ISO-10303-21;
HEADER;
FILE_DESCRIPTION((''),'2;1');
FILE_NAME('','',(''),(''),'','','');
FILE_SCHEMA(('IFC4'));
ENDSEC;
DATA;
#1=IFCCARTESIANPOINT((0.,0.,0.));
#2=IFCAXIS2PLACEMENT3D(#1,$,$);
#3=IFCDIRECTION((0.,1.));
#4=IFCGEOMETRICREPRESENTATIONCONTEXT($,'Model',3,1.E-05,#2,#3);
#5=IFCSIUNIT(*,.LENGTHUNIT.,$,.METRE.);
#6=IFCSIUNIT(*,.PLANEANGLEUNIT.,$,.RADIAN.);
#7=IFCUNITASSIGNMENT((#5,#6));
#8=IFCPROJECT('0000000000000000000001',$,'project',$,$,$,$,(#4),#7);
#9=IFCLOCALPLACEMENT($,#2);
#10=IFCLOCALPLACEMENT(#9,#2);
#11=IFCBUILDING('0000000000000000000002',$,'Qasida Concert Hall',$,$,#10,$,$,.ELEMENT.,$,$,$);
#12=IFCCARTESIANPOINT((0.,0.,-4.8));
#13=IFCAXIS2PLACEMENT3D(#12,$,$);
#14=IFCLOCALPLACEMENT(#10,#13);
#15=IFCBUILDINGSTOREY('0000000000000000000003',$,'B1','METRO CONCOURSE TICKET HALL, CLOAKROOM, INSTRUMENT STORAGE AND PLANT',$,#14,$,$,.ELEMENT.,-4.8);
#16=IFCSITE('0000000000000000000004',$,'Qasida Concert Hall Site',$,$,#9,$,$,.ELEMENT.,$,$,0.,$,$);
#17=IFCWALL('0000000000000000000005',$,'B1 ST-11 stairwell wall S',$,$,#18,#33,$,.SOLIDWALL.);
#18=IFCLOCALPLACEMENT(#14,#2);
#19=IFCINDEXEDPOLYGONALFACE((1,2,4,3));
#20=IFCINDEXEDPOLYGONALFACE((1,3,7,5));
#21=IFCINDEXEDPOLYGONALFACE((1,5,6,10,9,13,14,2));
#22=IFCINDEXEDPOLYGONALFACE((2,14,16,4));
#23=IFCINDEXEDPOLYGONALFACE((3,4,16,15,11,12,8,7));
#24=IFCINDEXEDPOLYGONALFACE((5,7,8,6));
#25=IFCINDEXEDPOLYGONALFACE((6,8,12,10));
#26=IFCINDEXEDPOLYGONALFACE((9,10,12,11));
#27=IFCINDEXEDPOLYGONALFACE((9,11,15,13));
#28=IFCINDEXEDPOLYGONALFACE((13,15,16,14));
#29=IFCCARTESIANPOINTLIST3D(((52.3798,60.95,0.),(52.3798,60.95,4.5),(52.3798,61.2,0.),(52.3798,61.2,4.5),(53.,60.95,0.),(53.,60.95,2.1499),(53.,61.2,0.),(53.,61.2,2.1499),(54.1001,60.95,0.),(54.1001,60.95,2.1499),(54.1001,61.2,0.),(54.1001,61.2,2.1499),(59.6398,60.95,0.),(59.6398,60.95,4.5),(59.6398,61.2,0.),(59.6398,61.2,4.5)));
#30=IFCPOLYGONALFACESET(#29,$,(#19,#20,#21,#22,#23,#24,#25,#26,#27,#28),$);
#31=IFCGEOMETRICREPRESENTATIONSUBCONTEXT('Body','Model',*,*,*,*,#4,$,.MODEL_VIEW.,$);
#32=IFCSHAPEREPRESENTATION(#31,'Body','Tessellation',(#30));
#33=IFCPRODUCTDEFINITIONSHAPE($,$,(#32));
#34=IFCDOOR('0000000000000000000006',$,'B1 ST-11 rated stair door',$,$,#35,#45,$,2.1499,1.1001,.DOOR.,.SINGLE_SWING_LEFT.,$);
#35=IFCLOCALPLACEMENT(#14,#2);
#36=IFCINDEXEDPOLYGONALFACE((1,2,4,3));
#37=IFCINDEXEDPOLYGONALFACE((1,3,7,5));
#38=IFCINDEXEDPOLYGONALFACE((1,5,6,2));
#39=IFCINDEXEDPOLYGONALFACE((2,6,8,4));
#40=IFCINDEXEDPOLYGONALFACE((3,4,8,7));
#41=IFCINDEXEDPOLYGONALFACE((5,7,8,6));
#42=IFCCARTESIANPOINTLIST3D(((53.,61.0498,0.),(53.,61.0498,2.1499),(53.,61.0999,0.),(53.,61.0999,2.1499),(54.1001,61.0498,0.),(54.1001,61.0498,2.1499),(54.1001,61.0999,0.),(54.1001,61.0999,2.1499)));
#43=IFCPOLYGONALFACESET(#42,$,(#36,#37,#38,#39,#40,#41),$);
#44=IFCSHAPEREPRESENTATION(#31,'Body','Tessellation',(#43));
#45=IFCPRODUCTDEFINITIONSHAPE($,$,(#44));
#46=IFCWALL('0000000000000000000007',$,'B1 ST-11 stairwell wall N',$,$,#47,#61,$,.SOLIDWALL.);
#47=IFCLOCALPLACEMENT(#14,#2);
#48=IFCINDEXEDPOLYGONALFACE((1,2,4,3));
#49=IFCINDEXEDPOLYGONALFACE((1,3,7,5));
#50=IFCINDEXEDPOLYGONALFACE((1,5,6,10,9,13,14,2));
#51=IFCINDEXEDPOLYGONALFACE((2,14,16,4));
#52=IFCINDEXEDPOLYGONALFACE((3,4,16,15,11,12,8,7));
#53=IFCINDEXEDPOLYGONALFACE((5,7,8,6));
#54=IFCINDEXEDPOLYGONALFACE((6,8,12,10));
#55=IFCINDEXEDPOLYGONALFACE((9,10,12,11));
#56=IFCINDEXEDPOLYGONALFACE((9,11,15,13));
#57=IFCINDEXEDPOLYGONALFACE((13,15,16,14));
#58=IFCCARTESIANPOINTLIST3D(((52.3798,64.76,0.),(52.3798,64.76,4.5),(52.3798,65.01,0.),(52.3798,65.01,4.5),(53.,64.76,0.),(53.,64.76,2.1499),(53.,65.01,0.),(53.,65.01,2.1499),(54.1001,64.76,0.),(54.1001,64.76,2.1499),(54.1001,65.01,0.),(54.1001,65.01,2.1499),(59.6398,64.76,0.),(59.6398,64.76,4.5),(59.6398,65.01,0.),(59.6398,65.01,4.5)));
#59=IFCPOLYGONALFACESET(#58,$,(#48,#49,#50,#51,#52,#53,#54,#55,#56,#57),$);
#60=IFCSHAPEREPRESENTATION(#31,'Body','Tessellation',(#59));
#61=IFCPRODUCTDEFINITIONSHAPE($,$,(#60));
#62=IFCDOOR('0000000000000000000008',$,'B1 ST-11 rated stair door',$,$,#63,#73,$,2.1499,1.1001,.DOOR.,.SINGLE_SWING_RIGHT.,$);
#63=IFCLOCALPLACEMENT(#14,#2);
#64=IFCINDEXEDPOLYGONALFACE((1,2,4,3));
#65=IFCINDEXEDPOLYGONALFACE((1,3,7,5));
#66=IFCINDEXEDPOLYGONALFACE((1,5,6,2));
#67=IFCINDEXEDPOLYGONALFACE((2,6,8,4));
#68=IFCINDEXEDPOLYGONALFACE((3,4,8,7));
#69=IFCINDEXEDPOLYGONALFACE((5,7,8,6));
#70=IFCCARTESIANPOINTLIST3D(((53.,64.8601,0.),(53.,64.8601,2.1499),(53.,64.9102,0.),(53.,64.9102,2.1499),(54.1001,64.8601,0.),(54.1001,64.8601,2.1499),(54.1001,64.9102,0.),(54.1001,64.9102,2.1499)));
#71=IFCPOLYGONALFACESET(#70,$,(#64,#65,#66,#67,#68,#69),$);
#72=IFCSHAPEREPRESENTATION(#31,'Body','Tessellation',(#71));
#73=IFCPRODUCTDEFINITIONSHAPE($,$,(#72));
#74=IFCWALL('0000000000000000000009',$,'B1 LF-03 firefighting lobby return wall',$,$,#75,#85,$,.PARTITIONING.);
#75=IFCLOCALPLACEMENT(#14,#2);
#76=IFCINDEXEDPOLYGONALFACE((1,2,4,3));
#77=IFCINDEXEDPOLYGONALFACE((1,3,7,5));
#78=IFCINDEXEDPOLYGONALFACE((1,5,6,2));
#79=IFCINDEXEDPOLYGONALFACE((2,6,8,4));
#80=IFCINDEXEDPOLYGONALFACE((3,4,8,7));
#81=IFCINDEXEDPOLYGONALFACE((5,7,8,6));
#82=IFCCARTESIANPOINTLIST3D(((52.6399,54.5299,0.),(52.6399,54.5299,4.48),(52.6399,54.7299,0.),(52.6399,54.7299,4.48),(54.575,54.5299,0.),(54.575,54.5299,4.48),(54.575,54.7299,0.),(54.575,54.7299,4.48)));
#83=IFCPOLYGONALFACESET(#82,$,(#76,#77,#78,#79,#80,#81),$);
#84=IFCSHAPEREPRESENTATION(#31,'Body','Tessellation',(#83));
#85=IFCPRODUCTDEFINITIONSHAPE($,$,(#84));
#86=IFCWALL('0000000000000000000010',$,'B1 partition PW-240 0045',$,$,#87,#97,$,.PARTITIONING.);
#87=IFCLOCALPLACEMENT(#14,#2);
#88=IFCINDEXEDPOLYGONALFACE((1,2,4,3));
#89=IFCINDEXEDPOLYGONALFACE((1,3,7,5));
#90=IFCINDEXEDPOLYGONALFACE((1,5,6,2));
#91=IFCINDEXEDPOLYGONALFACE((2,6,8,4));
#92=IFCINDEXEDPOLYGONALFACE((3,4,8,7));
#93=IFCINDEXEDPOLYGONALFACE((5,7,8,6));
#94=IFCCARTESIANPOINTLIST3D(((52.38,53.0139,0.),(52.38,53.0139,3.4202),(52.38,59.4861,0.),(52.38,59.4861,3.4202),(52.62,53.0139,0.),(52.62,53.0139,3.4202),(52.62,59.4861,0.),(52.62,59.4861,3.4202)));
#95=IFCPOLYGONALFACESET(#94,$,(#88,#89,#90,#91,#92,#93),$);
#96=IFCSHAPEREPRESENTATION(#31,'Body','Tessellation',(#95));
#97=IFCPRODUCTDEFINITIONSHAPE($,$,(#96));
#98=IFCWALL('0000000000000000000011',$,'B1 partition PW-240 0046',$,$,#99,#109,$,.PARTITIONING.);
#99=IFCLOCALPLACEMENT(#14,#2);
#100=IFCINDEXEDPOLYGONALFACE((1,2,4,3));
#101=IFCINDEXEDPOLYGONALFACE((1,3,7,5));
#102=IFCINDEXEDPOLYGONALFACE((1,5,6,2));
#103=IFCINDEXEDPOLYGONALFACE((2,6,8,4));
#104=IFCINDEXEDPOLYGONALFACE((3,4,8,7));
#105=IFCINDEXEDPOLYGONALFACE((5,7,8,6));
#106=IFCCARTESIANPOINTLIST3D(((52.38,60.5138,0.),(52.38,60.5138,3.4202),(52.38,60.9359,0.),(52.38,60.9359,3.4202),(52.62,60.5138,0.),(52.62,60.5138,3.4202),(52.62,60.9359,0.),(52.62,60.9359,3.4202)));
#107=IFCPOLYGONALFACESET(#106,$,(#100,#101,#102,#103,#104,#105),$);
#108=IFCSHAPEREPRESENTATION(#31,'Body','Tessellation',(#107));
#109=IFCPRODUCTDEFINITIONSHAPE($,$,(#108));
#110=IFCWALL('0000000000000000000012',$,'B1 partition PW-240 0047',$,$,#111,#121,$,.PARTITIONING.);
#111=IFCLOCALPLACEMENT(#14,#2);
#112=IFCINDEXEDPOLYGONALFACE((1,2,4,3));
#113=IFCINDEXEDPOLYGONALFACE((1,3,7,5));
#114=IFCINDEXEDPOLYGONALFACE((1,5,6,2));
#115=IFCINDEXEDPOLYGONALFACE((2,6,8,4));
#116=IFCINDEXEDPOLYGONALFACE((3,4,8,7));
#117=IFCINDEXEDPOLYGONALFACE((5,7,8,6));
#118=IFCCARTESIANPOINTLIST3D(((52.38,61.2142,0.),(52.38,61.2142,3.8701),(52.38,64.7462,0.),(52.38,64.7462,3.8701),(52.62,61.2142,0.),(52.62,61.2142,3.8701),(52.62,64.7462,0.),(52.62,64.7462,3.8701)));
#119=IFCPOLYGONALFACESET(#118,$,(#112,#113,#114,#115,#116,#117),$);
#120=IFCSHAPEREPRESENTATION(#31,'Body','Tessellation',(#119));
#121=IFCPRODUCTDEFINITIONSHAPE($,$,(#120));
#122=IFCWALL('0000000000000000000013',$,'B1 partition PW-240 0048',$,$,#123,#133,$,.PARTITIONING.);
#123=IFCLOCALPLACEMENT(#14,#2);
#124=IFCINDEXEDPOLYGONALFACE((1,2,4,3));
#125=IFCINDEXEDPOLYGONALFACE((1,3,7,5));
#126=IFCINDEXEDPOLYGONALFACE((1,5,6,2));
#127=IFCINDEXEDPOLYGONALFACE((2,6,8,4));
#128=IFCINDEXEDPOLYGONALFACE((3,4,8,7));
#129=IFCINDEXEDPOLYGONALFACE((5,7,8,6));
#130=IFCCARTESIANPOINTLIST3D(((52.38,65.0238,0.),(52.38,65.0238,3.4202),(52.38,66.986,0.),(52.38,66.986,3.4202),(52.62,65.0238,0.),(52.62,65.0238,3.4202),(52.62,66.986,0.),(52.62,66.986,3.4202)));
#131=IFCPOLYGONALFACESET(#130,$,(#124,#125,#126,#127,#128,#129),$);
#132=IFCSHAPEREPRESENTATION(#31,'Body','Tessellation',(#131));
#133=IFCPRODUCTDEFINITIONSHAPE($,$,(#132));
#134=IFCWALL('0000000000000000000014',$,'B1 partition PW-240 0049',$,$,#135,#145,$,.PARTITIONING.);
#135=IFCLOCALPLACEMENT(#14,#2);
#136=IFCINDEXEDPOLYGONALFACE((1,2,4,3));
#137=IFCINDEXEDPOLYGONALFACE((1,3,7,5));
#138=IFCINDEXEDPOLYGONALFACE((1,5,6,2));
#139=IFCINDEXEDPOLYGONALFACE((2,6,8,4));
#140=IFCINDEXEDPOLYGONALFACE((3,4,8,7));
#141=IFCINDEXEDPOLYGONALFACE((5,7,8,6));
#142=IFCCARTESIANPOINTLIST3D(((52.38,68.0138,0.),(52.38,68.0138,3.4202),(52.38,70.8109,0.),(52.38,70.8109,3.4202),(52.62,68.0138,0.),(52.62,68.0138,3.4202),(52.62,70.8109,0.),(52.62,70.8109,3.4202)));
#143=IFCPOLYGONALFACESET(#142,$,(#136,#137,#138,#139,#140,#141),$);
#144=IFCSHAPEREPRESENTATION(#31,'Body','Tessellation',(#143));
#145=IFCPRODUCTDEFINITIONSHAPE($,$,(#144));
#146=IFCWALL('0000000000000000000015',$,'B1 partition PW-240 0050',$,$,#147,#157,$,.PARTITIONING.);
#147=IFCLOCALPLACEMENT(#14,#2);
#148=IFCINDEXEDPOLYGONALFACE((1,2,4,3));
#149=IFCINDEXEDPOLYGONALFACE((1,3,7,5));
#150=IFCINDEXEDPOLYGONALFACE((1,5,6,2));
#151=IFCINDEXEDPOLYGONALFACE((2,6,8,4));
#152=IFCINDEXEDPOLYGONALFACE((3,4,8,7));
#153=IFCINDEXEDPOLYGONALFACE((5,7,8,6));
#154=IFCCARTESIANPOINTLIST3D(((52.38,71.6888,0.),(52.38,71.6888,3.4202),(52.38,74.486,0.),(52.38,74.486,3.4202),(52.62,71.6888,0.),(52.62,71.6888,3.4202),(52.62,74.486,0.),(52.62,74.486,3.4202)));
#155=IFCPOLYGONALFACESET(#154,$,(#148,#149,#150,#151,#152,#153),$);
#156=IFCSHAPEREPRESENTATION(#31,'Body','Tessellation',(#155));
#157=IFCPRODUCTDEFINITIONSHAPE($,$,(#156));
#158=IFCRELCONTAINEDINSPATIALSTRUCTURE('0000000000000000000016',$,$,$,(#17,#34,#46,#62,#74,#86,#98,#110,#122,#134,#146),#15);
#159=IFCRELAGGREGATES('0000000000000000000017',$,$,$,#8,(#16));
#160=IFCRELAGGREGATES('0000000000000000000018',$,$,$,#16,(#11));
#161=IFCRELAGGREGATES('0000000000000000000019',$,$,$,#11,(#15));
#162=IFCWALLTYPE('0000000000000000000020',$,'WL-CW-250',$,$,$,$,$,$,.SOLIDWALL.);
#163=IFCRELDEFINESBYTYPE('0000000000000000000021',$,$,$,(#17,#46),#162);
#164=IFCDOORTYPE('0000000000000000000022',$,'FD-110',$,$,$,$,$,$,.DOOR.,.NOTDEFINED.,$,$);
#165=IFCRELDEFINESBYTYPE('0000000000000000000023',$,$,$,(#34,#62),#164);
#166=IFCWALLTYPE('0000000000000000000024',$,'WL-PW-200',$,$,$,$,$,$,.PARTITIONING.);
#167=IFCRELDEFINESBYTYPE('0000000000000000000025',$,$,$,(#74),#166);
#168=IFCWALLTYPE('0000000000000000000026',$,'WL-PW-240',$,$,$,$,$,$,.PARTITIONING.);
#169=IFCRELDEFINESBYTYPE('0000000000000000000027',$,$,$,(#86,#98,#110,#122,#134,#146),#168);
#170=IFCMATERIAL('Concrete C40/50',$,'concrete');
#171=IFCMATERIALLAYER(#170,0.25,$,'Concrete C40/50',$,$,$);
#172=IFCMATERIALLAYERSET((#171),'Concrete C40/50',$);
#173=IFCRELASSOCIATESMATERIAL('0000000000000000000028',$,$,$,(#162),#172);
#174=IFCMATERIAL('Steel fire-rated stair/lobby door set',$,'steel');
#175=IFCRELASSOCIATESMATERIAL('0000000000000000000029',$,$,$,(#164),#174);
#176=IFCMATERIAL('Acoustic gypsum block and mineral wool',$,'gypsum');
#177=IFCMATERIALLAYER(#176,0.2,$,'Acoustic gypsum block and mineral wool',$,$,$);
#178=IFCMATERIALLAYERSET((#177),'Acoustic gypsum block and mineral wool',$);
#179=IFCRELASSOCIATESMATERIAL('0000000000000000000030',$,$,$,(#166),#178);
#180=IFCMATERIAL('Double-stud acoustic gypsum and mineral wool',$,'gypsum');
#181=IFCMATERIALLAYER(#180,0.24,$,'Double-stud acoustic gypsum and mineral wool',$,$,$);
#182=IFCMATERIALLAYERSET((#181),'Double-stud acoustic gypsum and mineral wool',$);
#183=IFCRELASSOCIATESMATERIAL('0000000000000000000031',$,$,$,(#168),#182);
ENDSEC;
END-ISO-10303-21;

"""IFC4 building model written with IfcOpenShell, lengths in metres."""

from ifc_helpers import new_model, si_unit, direction, frame, frame_2d, origin, place, context, subcontext, project, spatial, rectangle, extrude, material, layer, layer_set, type_object, element, fill, save


model = new_model("IFC4")

# Units and contexts
model_context = context("Model", 3, precision=1e-05, world=origin(), true_north=direction((0.0, 1.0)))
body_context = subcontext(model_context, "Body", "Model", "MODEL_VIEW")
ifc_project = project(units=[si_unit("LENGTHUNIT", "METRE"), si_unit("PLANEANGLEUNIT", "RADIAN")], contexts=[model_context])

# Site, building, storey
site_placement = place(None, origin())
site = spatial("IfcSite", under=ifc_project, at=site_placement, Name="Qasida Concert Hall Site", CompositionType="ELEMENT", RefElevation=0.0)
building_placement = place(site_placement, origin())
building = spatial("IfcBuilding", under=site, at=building_placement, Name="Qasida Concert Hall", CompositionType="ELEMENT")
storey_placement = place(building_placement, frame((0.0, 0.0, -4.8)))
storey = spatial("IfcBuildingStorey", under=building, at=storey_placement, Name="B1", Description="METRO CONCOURSE TICKET HALL, CLOAKROOM, INSTRUMENT STORAGE AND PLANT", CompositionType="ELEMENT", Elevation=-4.8)

# Shared definitions
ifc_material_1 = material(Name="Concrete C40/50", Category="concrete")

# Walls, openings, doors
ifc_layer_1 = layer(ifc_material_1, 0.25, Name="Concrete C40/50")
ifc_layer_set_1 = layer_set([ifc_layer_1], Name="Concrete C40/50")
wall_type_1 = type_object("IfcWallType", Name="WL-CW-250", PredefinedType="SOLIDWALL", material=ifc_layer_set_1)
wall_1_placement = place(storey_placement, frame((52.3799, 61.075, 0.0), z_axis=(0.0, 0.0, 1.0), x_axis=(1.0, 0.0, 0.0)))
wall_1 = element("IfcWall", 1, at=wall_1_placement, inside=storey, type_object=wall_type_1, Name="B1 ST-11 stairwell wall S", PredefinedType="SOLIDWALL", context=body_context, shape_type="SweptSolid", body=[
    extrude(rectangle(XDim=7.26, YDim=0.25, at=frame_2d((3.6299, 0.0))), origin(), (0.0, 0.0, 1.0), 4.5),
])
opening_1_placement = place(wall_1_placement, frame((0.6201, 0.0, 0.0)))
opening_1 = element("IfcOpeningElement", 2, at=opening_1_placement, cuts=wall_1, PredefinedType="OPENING", context=body_context, shape_type="SweptSolid", body=[
    extrude(rectangle(XDim=1.1001, YDim=2.1499, at=frame_2d((0.55, 1.075))), frame((0.0, 0.135, 0.0), z_axis=(0.0, -1.0, 0.0), x_axis=(1.0, 0.0, 0.0)), (0.0, 0.0, 1.0), 0.27),
])
ifc_material_2 = material(Name="Steel fire-rated stair/lobby door set", Category="steel")
door_type = type_object("IfcDoorType", Name="FD-110", OperationType="NOTDEFINED", PredefinedType="DOOR", material=ifc_material_2)
door_1_placement = place(opening_1_placement, origin())
door_1 = element("IfcDoor", 3, at=door_1_placement, inside=storey, type_object=door_type, Name="B1 ST-11 rated stair door", OperationType="SINGLE_SWING_LEFT", OverallHeight=2.1499, OverallWidth=1.1001, PredefinedType="DOOR", context=body_context, shape_type="SweptSolid", body=[
    extrude(rectangle(XDim=1.1001, YDim=2.1499, at=frame_2d((0.55, 1.075))), frame((0.0, 0.0249, 0.0), z_axis=(0.0, -1.0, 0.0), x_axis=(1.0, 0.0, 0.0)), (0.0, 0.0, 1.0), 0.05),
])
fill(opening_1, door_1)
wall_2_placement = place(storey_placement, frame((52.3799, 64.885, 0.0), z_axis=(0.0, 0.0, 1.0), x_axis=(1.0, 0.0, 0.0)))
wall_2 = element("IfcWall", 4, at=wall_2_placement, inside=storey, type_object=wall_type_1, Name="B1 ST-11 stairwell wall N", PredefinedType="SOLIDWALL", context=body_context, shape_type="SweptSolid", body=[
    extrude(rectangle(XDim=7.26, YDim=0.25, at=frame_2d((3.6299, 0.0))), origin(), (0.0, 0.0, 1.0), 4.5),
])
opening_2_placement = place(wall_2_placement, frame((0.6201, 0.0, 0.0)))
opening_2 = element("IfcOpeningElement", 5, at=opening_2_placement, cuts=wall_2, PredefinedType="OPENING", context=body_context, shape_type="SweptSolid", body=[
    extrude(rectangle(XDim=1.1001, YDim=2.1499, at=frame_2d((0.55, 1.075))), frame((0.0, 0.135, 0.0), z_axis=(0.0, -1.0, 0.0), x_axis=(1.0, 0.0, 0.0)), (0.0, 0.0, 1.0), 0.27),
])
door_2_placement = place(opening_2_placement, frame((1.1001, 0.0, 0.0), z_axis=(0.0, 0.0, 1.0), x_axis=(-1.0, 0.0, 0.0)))
door_2 = element("IfcDoor", 6, at=door_2_placement, inside=storey, type_object=door_type, Name="B1 ST-11 rated stair door", OperationType="SINGLE_SWING_RIGHT", OverallHeight=2.1499, OverallWidth=1.1001, PredefinedType="DOOR", context=body_context, shape_type="SweptSolid", body=[
    extrude(rectangle(XDim=1.1001, YDim=2.1499, at=frame_2d((0.55, 1.075))), frame((0.0, 0.0249, 0.0), z_axis=(0.0, -1.0, 0.0), x_axis=(1.0, 0.0, 0.0)), (0.0, 0.0, 1.0), 0.05),
])
fill(opening_2, door_2)

# Walls
ifc_material_3 = material(Name="Acoustic gypsum block and mineral wool", Category="gypsum")
ifc_layer_2 = layer(ifc_material_3, 0.2, Name="Acoustic gypsum block and mineral wool")
ifc_layer_set_2 = layer_set([ifc_layer_2], Name="Acoustic gypsum block and mineral wool")
wall_type_2 = type_object("IfcWallType", Name="WL-PW-200", PredefinedType="PARTITIONING", material=ifc_layer_set_2)
wall_3_placement = place(storey_placement, frame((52.6399, 54.6299, 0.0), z_axis=(0.0, 0.0, 1.0), x_axis=(1.0, 0.0, 0.0)))
element("IfcWall", 7, at=wall_3_placement, inside=storey, type_object=wall_type_2, Name="B1 LF-03 firefighting lobby return wall", PredefinedType="PARTITIONING", context=body_context, shape_type="SweptSolid", body=[
    extrude(rectangle(XDim=1.9351, YDim=0.2, at=frame_2d((0.9675, 0.0))), origin(), (0.0, 0.0, 1.0), 4.48),
])
ifc_material_4 = material(Name="Double-stud acoustic gypsum and mineral wool", Category="gypsum")
ifc_layer_3 = layer(ifc_material_4, 0.24, Name="Double-stud acoustic gypsum and mineral wool")
ifc_layer_set_3 = layer_set([ifc_layer_3], Name="Double-stud acoustic gypsum and mineral wool")
wall_type_3 = type_object("IfcWallType", Name="WL-PW-240", PredefinedType="PARTITIONING", material=ifc_layer_set_3)
wall_4_placement = place(storey_placement, frame((52.5, 53.0139, 0.0), z_axis=(0.0, 0.0, 1.0), x_axis=(0.0, 1.0, 0.0)))
element("IfcWall", 8, at=wall_4_placement, inside=storey, type_object=wall_type_3, Name="B1 partition PW-240 0045", PredefinedType="PARTITIONING", context=body_context, shape_type="SweptSolid", body=[
    extrude(rectangle(XDim=6.4722, YDim=0.24, at=frame_2d((3.2361, 0.0))), origin(), (0.0, 0.0, 1.0), 3.4202),
])
wall_5_placement = place(storey_placement, frame((52.5, 60.5139, 0.0), z_axis=(0.0, 0.0, 1.0), x_axis=(0.0, 1.0, 0.0)))
element("IfcWall", 9, at=wall_5_placement, inside=storey, type_object=wall_type_3, Name="B1 partition PW-240 0046", PredefinedType="PARTITIONING", context=body_context, shape_type="SweptSolid", body=[
    extrude(rectangle(XDim=0.4221, YDim=0.24, at=frame_2d((0.2109, 0.0))), origin(), (0.0, 0.0, 1.0), 3.4202),
])
wall_6_placement = place(storey_placement, frame((52.5, 61.2141, 0.0), z_axis=(0.0, 0.0, 1.0), x_axis=(0.0, 1.0, 0.0)))
element("IfcWall", 10, at=wall_6_placement, inside=storey, type_object=wall_type_3, Name="B1 partition PW-240 0047", PredefinedType="PARTITIONING", context=body_context, shape_type="SweptSolid", body=[
    extrude(rectangle(XDim=3.532, YDim=0.24, at=frame_2d((1.7661, 0.0))), origin(), (0.0, 0.0, 1.0), 3.8701),
])
wall_7_placement = place(storey_placement, frame((52.5, 65.0239, 0.0), z_axis=(0.0, 0.0, 1.0), x_axis=(0.0, 1.0, 0.0)))
element("IfcWall", 11, at=wall_7_placement, inside=storey, type_object=wall_type_3, Name="B1 partition PW-240 0048", PredefinedType="PARTITIONING", context=body_context, shape_type="SweptSolid", body=[
    extrude(rectangle(XDim=1.9622, YDim=0.24, at=frame_2d((0.981, 0.0))), origin(), (0.0, 0.0, 1.0), 3.4202),
])
for number, where, z_axis, x_axis, name in (
    (12, (52.5, 68.0139, 0.0), (0.0, 0.0, 1.0), (0.0, 1.0, 0.0), "B1 partition PW-240 0049"),
    (13, (52.5, 71.689, 0.0), (0.0, 0.0, 1.0), (0.0, 1.0, 0.0), "B1 partition PW-240 0050"),
):
    element("IfcWall", number, at=place(storey_placement, frame(where, z_axis=z_axis, x_axis=x_axis)), inside=storey, type_object=wall_type_3, Name=name, PredefinedType="PARTITIONING", context=body_context, shape_type="SweptSolid", body=[
        extrude(rectangle(XDim=2.7971, YDim=0.24, at=frame_2d((1.3984, 0.0))), origin(), (0.0, 0.0, 1.0), 3.4202),
    ])

save(model, "model.ifc")
